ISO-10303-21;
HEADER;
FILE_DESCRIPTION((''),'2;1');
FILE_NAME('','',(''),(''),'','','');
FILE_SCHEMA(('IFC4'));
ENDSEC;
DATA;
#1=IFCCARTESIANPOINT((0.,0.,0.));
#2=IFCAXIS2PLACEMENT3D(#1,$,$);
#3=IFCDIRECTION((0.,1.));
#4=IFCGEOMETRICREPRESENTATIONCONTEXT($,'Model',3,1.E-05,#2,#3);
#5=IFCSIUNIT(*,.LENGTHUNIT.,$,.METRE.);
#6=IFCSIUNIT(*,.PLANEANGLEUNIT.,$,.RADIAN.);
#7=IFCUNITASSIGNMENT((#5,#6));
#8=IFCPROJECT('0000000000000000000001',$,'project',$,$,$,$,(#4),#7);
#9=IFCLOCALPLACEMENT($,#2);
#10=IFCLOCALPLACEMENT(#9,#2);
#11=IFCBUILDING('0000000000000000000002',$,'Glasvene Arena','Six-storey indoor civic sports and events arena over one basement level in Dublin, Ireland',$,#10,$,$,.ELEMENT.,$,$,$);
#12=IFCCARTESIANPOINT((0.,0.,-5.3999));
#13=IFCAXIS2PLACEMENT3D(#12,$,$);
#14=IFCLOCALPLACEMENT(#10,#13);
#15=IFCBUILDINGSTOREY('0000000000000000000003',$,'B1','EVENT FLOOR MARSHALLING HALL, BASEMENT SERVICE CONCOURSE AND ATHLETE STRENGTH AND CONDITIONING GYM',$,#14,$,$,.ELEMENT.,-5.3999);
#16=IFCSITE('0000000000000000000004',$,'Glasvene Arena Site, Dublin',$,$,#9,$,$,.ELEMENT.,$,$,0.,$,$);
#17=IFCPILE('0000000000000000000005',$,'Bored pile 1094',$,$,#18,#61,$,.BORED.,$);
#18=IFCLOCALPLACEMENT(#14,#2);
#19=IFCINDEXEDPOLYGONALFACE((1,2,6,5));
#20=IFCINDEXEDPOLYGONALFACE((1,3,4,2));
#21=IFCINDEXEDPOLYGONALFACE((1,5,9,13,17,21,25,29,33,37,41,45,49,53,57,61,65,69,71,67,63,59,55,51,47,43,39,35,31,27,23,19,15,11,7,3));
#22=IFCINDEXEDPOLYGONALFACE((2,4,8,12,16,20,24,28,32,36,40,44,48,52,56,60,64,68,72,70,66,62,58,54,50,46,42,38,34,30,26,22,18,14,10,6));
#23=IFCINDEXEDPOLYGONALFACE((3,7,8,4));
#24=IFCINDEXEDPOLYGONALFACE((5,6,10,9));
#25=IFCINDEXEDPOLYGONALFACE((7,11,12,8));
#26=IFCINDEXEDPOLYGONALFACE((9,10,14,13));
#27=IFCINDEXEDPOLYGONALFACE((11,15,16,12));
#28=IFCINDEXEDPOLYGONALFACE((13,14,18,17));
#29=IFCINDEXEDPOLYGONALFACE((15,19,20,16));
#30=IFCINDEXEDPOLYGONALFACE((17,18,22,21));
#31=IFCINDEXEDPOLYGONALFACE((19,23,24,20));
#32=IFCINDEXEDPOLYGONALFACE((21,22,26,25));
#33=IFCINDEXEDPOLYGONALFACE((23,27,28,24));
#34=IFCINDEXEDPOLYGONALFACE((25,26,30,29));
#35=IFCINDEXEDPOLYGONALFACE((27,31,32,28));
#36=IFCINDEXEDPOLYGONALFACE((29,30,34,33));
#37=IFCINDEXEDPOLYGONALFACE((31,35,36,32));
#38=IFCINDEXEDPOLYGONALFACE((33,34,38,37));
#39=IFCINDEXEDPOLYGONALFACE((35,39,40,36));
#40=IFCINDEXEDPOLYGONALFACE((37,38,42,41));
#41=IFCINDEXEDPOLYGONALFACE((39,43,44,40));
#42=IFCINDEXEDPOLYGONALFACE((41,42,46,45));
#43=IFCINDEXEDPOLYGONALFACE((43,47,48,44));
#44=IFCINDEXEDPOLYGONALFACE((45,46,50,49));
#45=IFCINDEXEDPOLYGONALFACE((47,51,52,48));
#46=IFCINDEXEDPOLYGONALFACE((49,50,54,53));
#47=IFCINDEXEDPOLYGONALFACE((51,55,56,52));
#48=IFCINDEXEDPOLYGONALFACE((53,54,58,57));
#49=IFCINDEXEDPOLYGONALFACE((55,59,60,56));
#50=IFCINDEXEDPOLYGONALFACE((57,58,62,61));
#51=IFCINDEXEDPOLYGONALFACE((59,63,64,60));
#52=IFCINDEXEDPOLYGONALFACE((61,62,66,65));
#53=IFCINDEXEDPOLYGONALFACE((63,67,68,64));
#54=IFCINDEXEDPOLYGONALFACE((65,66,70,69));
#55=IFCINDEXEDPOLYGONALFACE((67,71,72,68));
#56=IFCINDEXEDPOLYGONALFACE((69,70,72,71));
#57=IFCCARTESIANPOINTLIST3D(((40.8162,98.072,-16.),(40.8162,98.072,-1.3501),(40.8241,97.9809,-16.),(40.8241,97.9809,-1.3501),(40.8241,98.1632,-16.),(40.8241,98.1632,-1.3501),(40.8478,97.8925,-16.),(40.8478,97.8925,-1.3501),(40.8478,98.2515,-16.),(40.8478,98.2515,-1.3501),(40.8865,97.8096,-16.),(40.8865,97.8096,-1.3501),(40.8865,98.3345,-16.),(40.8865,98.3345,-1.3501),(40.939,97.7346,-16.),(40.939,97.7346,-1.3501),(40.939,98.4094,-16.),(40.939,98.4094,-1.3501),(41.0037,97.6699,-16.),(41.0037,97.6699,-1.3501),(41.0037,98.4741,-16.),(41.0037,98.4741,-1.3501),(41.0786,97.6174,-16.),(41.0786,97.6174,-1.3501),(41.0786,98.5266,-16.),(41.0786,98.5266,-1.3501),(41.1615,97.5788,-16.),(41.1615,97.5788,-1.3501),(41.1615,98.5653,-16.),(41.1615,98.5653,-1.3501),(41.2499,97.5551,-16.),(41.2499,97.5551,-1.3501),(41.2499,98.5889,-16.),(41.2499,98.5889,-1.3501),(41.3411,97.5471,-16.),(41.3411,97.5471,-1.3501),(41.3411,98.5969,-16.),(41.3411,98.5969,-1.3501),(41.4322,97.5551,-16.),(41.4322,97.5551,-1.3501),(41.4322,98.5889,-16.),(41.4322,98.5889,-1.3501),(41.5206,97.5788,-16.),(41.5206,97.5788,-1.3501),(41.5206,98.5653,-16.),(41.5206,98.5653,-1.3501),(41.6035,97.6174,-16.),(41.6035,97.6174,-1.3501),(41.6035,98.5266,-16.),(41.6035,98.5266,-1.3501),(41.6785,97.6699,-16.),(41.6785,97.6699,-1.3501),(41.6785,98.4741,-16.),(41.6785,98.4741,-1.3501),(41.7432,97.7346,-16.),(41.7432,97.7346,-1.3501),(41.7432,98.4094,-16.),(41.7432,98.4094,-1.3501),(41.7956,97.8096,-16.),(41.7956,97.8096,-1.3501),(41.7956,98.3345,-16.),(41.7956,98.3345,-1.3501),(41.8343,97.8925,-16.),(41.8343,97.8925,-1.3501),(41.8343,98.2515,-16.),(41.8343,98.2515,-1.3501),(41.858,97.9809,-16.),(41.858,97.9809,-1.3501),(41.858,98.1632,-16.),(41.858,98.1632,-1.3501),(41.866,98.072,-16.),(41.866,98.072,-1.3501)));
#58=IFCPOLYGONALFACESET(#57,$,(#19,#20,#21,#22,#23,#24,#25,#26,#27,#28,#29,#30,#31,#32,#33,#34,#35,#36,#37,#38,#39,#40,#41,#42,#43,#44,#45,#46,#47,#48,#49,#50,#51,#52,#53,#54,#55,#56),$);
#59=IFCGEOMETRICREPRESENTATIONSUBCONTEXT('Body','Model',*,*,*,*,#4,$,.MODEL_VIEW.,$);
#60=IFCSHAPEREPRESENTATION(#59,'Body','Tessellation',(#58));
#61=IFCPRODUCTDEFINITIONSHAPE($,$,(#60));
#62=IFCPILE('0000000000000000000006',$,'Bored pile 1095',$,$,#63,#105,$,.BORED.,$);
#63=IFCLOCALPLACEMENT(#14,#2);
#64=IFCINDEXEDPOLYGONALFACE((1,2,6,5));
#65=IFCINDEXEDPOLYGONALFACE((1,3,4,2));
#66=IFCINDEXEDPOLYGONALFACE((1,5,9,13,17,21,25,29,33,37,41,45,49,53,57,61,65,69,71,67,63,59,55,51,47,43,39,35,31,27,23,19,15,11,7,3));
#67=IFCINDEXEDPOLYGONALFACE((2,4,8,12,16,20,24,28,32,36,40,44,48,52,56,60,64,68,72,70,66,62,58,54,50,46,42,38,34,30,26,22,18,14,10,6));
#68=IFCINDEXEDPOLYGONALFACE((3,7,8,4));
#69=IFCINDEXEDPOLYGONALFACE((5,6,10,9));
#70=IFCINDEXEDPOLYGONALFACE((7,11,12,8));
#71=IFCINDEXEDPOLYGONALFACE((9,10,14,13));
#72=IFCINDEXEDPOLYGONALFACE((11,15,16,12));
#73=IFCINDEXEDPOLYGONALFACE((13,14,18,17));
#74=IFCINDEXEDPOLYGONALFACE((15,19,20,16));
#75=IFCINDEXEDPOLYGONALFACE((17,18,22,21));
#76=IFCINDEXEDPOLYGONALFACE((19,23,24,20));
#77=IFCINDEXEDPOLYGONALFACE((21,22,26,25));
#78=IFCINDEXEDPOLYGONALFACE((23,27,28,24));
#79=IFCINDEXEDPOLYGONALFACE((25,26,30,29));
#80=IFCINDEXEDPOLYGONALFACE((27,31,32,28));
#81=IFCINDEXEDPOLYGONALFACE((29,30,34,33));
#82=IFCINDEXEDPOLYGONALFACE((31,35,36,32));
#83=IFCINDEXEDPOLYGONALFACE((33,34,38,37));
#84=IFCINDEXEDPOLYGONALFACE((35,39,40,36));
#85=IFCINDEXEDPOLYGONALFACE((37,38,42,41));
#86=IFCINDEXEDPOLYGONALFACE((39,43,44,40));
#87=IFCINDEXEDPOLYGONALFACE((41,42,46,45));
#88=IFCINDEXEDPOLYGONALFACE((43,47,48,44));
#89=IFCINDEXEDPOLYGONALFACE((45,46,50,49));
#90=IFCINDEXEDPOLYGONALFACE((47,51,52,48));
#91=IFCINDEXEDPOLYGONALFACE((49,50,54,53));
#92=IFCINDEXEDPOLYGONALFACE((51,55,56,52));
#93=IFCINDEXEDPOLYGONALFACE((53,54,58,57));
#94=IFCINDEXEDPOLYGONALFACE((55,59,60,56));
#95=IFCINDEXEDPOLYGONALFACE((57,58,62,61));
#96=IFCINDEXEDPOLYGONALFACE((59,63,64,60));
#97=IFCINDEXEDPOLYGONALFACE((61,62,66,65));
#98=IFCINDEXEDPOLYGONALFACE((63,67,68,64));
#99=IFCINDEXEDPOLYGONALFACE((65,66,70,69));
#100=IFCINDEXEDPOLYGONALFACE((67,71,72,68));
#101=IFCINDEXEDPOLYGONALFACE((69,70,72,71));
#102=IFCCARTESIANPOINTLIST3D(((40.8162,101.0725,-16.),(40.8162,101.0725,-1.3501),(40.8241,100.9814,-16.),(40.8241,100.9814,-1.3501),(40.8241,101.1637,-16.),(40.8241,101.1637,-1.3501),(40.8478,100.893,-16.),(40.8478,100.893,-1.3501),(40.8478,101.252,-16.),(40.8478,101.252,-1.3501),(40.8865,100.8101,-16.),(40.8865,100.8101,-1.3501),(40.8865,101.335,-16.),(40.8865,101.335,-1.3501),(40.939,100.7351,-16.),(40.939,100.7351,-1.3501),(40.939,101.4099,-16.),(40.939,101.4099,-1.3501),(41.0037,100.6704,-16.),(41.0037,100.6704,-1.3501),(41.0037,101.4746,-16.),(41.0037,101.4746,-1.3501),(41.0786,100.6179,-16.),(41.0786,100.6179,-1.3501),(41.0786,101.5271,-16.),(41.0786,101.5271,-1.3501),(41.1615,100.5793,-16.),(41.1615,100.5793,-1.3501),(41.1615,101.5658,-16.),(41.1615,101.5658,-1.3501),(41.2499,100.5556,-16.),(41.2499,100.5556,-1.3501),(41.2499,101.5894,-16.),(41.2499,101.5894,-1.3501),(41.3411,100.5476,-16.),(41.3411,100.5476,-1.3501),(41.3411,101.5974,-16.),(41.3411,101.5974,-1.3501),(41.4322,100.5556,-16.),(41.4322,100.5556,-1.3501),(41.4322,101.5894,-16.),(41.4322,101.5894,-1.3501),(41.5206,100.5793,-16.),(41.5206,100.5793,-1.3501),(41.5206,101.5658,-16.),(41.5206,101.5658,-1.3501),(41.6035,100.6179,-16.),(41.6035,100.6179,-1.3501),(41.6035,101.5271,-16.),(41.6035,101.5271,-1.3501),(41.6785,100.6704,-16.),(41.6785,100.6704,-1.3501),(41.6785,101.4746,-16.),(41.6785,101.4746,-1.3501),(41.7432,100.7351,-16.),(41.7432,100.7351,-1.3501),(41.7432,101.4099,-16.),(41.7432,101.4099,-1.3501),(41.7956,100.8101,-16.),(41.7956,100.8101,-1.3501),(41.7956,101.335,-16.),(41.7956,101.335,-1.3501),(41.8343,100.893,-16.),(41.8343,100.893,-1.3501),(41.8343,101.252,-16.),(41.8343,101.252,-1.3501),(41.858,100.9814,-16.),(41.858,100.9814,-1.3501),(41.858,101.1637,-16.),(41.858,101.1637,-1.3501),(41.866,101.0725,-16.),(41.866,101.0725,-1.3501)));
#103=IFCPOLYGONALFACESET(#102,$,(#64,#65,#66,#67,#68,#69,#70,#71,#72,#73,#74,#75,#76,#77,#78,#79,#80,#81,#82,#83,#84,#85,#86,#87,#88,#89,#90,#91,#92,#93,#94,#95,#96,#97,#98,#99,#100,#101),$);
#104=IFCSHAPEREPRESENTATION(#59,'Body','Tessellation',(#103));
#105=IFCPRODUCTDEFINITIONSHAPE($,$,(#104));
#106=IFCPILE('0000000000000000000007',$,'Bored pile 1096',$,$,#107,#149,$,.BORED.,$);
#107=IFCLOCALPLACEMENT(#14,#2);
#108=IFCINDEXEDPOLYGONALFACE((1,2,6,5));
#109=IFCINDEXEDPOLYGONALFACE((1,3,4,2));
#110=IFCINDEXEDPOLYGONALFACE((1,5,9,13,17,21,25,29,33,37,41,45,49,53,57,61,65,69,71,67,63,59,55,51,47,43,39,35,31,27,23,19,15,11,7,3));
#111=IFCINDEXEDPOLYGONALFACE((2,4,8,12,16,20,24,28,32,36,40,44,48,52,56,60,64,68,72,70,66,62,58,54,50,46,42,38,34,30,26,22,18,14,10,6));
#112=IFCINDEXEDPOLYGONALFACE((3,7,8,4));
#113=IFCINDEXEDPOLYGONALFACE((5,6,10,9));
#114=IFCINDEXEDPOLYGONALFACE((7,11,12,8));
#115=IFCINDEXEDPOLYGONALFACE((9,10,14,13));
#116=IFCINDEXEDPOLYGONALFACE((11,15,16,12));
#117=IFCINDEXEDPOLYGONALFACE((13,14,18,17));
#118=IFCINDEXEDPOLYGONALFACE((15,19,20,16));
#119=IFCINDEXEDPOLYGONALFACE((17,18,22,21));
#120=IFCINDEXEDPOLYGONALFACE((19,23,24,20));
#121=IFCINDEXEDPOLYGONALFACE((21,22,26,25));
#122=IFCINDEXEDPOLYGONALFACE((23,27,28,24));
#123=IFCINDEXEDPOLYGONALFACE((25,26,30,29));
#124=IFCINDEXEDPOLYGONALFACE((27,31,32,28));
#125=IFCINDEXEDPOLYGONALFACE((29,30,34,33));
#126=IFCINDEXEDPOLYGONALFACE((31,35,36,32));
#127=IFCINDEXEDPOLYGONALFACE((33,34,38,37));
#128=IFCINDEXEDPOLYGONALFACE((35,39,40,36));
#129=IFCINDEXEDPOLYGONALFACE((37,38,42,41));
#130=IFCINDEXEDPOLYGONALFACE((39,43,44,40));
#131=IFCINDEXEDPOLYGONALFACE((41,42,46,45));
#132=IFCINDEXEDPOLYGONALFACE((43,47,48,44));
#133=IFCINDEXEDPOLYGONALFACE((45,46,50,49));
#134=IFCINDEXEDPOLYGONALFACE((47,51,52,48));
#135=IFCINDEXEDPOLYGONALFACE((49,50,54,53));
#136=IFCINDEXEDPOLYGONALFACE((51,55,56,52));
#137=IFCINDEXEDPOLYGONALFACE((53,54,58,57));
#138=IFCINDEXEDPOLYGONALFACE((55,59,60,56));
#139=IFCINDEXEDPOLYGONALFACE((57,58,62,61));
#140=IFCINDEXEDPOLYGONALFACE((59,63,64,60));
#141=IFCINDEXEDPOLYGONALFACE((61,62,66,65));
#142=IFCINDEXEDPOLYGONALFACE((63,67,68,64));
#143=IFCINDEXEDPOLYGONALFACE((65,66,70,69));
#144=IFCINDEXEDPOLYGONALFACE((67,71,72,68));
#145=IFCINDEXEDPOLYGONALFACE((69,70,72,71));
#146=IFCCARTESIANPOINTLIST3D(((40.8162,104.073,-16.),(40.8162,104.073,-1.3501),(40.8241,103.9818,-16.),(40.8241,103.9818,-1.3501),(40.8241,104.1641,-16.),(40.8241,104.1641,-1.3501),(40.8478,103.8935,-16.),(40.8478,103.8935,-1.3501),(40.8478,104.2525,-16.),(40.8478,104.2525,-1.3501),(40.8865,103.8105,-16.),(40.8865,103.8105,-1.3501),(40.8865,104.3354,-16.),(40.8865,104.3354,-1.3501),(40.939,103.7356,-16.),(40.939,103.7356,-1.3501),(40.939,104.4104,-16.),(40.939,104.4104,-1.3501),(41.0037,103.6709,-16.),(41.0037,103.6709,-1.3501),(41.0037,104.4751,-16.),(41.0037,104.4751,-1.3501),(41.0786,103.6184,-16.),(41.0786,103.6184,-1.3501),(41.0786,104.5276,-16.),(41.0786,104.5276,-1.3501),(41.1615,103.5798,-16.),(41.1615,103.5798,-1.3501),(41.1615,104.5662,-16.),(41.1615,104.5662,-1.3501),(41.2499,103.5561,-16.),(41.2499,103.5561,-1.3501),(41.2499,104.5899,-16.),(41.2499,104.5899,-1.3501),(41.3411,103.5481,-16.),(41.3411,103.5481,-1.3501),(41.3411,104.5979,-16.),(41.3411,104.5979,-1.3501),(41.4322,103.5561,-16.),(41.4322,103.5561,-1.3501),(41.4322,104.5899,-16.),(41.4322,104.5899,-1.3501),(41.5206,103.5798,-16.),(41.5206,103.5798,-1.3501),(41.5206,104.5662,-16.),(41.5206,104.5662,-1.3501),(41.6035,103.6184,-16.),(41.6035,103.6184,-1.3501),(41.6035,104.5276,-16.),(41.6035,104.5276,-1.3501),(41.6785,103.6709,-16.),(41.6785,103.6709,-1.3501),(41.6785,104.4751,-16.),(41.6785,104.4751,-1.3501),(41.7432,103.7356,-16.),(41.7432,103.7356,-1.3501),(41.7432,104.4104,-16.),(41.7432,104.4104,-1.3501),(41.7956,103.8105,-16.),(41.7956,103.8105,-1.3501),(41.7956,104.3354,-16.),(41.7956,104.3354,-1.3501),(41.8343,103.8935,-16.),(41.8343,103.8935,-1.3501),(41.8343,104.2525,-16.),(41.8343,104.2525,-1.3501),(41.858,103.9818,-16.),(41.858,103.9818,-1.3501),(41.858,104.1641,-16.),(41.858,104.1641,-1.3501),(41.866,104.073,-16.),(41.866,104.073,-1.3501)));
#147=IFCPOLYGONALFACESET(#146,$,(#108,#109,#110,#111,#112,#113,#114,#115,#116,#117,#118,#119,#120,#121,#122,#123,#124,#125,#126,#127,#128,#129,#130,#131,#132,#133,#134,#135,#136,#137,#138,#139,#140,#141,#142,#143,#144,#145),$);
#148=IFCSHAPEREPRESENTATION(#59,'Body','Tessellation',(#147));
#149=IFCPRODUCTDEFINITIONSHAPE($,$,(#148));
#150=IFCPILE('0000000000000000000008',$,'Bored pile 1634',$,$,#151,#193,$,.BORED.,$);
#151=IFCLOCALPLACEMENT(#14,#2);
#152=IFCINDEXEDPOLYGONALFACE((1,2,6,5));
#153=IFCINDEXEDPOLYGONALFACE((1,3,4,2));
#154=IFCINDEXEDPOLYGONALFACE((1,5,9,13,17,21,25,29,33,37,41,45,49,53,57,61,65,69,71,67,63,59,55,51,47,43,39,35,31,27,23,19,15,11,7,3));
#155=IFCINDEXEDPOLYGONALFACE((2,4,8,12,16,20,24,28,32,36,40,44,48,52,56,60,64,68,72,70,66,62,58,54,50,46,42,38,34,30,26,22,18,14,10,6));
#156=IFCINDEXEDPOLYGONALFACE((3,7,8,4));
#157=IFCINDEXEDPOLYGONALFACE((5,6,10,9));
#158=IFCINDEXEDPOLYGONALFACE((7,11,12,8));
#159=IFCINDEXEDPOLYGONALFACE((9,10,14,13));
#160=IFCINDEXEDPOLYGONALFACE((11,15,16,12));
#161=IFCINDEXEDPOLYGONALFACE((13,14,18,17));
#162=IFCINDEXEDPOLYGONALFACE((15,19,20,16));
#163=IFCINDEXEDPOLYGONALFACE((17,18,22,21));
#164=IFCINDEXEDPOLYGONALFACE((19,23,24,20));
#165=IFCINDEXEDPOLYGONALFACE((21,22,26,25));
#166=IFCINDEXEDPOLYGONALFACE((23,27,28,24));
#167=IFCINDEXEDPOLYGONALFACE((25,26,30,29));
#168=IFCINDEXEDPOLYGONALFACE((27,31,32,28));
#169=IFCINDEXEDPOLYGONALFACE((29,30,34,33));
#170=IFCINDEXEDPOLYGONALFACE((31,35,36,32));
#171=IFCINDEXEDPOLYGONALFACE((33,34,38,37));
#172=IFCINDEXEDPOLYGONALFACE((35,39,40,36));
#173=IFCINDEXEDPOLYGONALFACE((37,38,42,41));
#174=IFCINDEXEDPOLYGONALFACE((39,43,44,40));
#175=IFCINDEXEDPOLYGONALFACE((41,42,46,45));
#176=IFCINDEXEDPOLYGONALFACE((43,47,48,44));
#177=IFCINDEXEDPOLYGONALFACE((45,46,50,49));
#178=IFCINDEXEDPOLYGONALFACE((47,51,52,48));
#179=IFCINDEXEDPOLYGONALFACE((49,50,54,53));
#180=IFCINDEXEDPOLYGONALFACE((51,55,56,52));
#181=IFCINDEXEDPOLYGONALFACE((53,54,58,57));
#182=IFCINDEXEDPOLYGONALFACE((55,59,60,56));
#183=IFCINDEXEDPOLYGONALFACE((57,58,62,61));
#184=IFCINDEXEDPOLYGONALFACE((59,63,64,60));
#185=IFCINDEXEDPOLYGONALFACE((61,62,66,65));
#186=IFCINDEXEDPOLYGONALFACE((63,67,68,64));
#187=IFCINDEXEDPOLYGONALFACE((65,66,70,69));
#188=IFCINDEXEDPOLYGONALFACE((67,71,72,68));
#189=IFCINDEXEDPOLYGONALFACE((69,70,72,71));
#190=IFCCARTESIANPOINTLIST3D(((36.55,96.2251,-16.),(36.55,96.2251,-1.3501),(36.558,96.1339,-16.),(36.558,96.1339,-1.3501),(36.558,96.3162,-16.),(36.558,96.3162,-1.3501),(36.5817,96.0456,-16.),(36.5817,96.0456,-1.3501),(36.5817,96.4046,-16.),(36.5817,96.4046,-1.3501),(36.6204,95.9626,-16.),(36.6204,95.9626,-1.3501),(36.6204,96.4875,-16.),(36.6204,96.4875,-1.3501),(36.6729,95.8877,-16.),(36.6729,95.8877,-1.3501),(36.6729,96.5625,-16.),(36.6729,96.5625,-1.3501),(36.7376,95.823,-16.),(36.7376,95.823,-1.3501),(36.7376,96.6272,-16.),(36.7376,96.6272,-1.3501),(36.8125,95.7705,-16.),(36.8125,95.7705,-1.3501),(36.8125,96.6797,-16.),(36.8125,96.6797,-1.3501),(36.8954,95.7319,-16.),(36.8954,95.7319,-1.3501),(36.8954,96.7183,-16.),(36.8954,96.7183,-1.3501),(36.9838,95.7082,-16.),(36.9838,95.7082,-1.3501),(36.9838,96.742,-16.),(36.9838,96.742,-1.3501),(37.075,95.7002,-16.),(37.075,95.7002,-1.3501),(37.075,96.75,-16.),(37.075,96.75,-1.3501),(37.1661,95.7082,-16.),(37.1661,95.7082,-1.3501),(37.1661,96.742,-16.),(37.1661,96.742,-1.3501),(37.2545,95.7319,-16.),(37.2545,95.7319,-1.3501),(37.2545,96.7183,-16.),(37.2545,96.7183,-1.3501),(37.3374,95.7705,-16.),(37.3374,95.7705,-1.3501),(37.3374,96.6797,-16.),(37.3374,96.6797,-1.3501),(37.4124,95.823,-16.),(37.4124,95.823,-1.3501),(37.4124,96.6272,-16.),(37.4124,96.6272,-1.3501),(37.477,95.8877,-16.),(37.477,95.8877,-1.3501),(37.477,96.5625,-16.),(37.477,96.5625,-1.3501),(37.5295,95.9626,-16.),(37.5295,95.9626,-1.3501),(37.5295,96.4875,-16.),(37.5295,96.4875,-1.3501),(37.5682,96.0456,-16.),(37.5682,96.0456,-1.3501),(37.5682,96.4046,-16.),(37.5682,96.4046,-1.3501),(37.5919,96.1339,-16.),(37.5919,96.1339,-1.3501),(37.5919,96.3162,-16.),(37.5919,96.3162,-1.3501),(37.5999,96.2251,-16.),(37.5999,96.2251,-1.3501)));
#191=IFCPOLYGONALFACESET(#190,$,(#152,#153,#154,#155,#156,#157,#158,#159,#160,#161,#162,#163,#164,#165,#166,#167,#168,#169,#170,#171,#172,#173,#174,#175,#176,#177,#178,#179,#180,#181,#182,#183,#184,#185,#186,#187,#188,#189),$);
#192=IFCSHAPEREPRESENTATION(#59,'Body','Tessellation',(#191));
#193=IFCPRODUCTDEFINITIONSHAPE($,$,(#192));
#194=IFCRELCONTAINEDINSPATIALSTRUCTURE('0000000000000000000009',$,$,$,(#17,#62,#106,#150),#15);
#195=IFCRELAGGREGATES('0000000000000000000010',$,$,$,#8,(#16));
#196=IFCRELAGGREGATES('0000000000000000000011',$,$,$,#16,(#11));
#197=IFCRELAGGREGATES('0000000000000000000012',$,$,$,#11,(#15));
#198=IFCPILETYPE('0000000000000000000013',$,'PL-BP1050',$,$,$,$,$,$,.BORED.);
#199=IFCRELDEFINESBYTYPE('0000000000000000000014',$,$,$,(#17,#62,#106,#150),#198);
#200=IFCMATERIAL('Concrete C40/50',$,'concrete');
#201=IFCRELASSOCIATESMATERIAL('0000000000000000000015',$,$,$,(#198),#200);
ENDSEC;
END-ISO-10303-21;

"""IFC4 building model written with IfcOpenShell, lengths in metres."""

from ifc_helpers import new_model, si_unit, direction, frame, origin, origin_2d, place, context, subcontext, project, spatial, circle, extrude, material, material_profile, profile_set, type_object, element, save


model = new_model("IFC4")

# Units and contexts
model_context = context("Model", 3, precision=1e-05, world=origin(), true_north=direction((0.0, 1.0)))
body_context = subcontext(model_context, "Body", "Model", "MODEL_VIEW")
ifc_project = project(units=[si_unit("LENGTHUNIT", "METRE"), si_unit("PLANEANGLEUNIT", "RADIAN")], contexts=[model_context])

# Site, building, storey
site_placement = place(None, origin())
site = spatial("IfcSite", under=ifc_project, at=site_placement, Name="Glasvene Arena Site, Dublin", CompositionType="ELEMENT", RefElevation=0.0)
building_placement = place(site_placement, origin())
building = spatial("IfcBuilding", under=site, at=building_placement, Name="Glasvene Arena", Description="Six-storey indoor civic sports and events arena over one basement level in Dublin, Ireland", CompositionType="ELEMENT")
storey_placement = place(building_placement, frame((0.0, 0.0, -5.3999)))
storey = spatial("IfcBuildingStorey", under=building, at=storey_placement, Name="B1", Description="EVENT FLOOR MARSHALLING HALL, BASEMENT SERVICE CONCOURSE AND ATHLETE STRENGTH AND CONDITIONING GYM", CompositionType="ELEMENT", Elevation=-5.3999)

# Shared definitions
ifc_material_1 = material(Name="Concrete C40/50", Category="concrete")

# Piles
ifc_material_profile_1 = material_profile(ifc_material_1, circle(Radius=0.5249, at=origin_2d()), Name="BORED PILE 1050")
ifc_profile_set_1 = profile_set([ifc_material_profile_1], Name="Concrete C40/50")
pile_type_1 = type_object("IfcPileType", Name="PL-BP1050", PredefinedType="BORED", material=ifc_profile_set_1)
for number, where, z_axis, x_axis, name in (
    (1, (41.3411, 98.072, -1.3501), (0.0, 0.0, -1.0), (1.0, 0.0, 0.0), "Bored pile 1094"),
    (2, (41.3411, 101.0725, -1.3501), (0.0, 0.0, -1.0), (1.0, 0.0, 0.0), "Bored pile 1095"),
    (3, (41.3411, 104.073, -1.3501), (0.0, 0.0, -1.0), (1.0, 0.0, 0.0), "Bored pile 1096"),
    (4, (37.075, 96.2251, -1.3501), (0.0, 0.0, -1.0), (1.0, 0.0, 0.0), "Bored pile 1634"),
):
    element("IfcPile", number, at=place(storey_placement, frame(where, z_axis=z_axis, x_axis=x_axis)), inside=storey, type_object=pile_type_1, Name=name, PredefinedType="BORED", context=body_context, shape_type="SweptSolid", body=[
        extrude(circle(Radius=0.5249, at=origin_2d()), origin(), (0.0, 0.0, 1.0), 14.6499),
    ])

save(model, "model.ifc")
